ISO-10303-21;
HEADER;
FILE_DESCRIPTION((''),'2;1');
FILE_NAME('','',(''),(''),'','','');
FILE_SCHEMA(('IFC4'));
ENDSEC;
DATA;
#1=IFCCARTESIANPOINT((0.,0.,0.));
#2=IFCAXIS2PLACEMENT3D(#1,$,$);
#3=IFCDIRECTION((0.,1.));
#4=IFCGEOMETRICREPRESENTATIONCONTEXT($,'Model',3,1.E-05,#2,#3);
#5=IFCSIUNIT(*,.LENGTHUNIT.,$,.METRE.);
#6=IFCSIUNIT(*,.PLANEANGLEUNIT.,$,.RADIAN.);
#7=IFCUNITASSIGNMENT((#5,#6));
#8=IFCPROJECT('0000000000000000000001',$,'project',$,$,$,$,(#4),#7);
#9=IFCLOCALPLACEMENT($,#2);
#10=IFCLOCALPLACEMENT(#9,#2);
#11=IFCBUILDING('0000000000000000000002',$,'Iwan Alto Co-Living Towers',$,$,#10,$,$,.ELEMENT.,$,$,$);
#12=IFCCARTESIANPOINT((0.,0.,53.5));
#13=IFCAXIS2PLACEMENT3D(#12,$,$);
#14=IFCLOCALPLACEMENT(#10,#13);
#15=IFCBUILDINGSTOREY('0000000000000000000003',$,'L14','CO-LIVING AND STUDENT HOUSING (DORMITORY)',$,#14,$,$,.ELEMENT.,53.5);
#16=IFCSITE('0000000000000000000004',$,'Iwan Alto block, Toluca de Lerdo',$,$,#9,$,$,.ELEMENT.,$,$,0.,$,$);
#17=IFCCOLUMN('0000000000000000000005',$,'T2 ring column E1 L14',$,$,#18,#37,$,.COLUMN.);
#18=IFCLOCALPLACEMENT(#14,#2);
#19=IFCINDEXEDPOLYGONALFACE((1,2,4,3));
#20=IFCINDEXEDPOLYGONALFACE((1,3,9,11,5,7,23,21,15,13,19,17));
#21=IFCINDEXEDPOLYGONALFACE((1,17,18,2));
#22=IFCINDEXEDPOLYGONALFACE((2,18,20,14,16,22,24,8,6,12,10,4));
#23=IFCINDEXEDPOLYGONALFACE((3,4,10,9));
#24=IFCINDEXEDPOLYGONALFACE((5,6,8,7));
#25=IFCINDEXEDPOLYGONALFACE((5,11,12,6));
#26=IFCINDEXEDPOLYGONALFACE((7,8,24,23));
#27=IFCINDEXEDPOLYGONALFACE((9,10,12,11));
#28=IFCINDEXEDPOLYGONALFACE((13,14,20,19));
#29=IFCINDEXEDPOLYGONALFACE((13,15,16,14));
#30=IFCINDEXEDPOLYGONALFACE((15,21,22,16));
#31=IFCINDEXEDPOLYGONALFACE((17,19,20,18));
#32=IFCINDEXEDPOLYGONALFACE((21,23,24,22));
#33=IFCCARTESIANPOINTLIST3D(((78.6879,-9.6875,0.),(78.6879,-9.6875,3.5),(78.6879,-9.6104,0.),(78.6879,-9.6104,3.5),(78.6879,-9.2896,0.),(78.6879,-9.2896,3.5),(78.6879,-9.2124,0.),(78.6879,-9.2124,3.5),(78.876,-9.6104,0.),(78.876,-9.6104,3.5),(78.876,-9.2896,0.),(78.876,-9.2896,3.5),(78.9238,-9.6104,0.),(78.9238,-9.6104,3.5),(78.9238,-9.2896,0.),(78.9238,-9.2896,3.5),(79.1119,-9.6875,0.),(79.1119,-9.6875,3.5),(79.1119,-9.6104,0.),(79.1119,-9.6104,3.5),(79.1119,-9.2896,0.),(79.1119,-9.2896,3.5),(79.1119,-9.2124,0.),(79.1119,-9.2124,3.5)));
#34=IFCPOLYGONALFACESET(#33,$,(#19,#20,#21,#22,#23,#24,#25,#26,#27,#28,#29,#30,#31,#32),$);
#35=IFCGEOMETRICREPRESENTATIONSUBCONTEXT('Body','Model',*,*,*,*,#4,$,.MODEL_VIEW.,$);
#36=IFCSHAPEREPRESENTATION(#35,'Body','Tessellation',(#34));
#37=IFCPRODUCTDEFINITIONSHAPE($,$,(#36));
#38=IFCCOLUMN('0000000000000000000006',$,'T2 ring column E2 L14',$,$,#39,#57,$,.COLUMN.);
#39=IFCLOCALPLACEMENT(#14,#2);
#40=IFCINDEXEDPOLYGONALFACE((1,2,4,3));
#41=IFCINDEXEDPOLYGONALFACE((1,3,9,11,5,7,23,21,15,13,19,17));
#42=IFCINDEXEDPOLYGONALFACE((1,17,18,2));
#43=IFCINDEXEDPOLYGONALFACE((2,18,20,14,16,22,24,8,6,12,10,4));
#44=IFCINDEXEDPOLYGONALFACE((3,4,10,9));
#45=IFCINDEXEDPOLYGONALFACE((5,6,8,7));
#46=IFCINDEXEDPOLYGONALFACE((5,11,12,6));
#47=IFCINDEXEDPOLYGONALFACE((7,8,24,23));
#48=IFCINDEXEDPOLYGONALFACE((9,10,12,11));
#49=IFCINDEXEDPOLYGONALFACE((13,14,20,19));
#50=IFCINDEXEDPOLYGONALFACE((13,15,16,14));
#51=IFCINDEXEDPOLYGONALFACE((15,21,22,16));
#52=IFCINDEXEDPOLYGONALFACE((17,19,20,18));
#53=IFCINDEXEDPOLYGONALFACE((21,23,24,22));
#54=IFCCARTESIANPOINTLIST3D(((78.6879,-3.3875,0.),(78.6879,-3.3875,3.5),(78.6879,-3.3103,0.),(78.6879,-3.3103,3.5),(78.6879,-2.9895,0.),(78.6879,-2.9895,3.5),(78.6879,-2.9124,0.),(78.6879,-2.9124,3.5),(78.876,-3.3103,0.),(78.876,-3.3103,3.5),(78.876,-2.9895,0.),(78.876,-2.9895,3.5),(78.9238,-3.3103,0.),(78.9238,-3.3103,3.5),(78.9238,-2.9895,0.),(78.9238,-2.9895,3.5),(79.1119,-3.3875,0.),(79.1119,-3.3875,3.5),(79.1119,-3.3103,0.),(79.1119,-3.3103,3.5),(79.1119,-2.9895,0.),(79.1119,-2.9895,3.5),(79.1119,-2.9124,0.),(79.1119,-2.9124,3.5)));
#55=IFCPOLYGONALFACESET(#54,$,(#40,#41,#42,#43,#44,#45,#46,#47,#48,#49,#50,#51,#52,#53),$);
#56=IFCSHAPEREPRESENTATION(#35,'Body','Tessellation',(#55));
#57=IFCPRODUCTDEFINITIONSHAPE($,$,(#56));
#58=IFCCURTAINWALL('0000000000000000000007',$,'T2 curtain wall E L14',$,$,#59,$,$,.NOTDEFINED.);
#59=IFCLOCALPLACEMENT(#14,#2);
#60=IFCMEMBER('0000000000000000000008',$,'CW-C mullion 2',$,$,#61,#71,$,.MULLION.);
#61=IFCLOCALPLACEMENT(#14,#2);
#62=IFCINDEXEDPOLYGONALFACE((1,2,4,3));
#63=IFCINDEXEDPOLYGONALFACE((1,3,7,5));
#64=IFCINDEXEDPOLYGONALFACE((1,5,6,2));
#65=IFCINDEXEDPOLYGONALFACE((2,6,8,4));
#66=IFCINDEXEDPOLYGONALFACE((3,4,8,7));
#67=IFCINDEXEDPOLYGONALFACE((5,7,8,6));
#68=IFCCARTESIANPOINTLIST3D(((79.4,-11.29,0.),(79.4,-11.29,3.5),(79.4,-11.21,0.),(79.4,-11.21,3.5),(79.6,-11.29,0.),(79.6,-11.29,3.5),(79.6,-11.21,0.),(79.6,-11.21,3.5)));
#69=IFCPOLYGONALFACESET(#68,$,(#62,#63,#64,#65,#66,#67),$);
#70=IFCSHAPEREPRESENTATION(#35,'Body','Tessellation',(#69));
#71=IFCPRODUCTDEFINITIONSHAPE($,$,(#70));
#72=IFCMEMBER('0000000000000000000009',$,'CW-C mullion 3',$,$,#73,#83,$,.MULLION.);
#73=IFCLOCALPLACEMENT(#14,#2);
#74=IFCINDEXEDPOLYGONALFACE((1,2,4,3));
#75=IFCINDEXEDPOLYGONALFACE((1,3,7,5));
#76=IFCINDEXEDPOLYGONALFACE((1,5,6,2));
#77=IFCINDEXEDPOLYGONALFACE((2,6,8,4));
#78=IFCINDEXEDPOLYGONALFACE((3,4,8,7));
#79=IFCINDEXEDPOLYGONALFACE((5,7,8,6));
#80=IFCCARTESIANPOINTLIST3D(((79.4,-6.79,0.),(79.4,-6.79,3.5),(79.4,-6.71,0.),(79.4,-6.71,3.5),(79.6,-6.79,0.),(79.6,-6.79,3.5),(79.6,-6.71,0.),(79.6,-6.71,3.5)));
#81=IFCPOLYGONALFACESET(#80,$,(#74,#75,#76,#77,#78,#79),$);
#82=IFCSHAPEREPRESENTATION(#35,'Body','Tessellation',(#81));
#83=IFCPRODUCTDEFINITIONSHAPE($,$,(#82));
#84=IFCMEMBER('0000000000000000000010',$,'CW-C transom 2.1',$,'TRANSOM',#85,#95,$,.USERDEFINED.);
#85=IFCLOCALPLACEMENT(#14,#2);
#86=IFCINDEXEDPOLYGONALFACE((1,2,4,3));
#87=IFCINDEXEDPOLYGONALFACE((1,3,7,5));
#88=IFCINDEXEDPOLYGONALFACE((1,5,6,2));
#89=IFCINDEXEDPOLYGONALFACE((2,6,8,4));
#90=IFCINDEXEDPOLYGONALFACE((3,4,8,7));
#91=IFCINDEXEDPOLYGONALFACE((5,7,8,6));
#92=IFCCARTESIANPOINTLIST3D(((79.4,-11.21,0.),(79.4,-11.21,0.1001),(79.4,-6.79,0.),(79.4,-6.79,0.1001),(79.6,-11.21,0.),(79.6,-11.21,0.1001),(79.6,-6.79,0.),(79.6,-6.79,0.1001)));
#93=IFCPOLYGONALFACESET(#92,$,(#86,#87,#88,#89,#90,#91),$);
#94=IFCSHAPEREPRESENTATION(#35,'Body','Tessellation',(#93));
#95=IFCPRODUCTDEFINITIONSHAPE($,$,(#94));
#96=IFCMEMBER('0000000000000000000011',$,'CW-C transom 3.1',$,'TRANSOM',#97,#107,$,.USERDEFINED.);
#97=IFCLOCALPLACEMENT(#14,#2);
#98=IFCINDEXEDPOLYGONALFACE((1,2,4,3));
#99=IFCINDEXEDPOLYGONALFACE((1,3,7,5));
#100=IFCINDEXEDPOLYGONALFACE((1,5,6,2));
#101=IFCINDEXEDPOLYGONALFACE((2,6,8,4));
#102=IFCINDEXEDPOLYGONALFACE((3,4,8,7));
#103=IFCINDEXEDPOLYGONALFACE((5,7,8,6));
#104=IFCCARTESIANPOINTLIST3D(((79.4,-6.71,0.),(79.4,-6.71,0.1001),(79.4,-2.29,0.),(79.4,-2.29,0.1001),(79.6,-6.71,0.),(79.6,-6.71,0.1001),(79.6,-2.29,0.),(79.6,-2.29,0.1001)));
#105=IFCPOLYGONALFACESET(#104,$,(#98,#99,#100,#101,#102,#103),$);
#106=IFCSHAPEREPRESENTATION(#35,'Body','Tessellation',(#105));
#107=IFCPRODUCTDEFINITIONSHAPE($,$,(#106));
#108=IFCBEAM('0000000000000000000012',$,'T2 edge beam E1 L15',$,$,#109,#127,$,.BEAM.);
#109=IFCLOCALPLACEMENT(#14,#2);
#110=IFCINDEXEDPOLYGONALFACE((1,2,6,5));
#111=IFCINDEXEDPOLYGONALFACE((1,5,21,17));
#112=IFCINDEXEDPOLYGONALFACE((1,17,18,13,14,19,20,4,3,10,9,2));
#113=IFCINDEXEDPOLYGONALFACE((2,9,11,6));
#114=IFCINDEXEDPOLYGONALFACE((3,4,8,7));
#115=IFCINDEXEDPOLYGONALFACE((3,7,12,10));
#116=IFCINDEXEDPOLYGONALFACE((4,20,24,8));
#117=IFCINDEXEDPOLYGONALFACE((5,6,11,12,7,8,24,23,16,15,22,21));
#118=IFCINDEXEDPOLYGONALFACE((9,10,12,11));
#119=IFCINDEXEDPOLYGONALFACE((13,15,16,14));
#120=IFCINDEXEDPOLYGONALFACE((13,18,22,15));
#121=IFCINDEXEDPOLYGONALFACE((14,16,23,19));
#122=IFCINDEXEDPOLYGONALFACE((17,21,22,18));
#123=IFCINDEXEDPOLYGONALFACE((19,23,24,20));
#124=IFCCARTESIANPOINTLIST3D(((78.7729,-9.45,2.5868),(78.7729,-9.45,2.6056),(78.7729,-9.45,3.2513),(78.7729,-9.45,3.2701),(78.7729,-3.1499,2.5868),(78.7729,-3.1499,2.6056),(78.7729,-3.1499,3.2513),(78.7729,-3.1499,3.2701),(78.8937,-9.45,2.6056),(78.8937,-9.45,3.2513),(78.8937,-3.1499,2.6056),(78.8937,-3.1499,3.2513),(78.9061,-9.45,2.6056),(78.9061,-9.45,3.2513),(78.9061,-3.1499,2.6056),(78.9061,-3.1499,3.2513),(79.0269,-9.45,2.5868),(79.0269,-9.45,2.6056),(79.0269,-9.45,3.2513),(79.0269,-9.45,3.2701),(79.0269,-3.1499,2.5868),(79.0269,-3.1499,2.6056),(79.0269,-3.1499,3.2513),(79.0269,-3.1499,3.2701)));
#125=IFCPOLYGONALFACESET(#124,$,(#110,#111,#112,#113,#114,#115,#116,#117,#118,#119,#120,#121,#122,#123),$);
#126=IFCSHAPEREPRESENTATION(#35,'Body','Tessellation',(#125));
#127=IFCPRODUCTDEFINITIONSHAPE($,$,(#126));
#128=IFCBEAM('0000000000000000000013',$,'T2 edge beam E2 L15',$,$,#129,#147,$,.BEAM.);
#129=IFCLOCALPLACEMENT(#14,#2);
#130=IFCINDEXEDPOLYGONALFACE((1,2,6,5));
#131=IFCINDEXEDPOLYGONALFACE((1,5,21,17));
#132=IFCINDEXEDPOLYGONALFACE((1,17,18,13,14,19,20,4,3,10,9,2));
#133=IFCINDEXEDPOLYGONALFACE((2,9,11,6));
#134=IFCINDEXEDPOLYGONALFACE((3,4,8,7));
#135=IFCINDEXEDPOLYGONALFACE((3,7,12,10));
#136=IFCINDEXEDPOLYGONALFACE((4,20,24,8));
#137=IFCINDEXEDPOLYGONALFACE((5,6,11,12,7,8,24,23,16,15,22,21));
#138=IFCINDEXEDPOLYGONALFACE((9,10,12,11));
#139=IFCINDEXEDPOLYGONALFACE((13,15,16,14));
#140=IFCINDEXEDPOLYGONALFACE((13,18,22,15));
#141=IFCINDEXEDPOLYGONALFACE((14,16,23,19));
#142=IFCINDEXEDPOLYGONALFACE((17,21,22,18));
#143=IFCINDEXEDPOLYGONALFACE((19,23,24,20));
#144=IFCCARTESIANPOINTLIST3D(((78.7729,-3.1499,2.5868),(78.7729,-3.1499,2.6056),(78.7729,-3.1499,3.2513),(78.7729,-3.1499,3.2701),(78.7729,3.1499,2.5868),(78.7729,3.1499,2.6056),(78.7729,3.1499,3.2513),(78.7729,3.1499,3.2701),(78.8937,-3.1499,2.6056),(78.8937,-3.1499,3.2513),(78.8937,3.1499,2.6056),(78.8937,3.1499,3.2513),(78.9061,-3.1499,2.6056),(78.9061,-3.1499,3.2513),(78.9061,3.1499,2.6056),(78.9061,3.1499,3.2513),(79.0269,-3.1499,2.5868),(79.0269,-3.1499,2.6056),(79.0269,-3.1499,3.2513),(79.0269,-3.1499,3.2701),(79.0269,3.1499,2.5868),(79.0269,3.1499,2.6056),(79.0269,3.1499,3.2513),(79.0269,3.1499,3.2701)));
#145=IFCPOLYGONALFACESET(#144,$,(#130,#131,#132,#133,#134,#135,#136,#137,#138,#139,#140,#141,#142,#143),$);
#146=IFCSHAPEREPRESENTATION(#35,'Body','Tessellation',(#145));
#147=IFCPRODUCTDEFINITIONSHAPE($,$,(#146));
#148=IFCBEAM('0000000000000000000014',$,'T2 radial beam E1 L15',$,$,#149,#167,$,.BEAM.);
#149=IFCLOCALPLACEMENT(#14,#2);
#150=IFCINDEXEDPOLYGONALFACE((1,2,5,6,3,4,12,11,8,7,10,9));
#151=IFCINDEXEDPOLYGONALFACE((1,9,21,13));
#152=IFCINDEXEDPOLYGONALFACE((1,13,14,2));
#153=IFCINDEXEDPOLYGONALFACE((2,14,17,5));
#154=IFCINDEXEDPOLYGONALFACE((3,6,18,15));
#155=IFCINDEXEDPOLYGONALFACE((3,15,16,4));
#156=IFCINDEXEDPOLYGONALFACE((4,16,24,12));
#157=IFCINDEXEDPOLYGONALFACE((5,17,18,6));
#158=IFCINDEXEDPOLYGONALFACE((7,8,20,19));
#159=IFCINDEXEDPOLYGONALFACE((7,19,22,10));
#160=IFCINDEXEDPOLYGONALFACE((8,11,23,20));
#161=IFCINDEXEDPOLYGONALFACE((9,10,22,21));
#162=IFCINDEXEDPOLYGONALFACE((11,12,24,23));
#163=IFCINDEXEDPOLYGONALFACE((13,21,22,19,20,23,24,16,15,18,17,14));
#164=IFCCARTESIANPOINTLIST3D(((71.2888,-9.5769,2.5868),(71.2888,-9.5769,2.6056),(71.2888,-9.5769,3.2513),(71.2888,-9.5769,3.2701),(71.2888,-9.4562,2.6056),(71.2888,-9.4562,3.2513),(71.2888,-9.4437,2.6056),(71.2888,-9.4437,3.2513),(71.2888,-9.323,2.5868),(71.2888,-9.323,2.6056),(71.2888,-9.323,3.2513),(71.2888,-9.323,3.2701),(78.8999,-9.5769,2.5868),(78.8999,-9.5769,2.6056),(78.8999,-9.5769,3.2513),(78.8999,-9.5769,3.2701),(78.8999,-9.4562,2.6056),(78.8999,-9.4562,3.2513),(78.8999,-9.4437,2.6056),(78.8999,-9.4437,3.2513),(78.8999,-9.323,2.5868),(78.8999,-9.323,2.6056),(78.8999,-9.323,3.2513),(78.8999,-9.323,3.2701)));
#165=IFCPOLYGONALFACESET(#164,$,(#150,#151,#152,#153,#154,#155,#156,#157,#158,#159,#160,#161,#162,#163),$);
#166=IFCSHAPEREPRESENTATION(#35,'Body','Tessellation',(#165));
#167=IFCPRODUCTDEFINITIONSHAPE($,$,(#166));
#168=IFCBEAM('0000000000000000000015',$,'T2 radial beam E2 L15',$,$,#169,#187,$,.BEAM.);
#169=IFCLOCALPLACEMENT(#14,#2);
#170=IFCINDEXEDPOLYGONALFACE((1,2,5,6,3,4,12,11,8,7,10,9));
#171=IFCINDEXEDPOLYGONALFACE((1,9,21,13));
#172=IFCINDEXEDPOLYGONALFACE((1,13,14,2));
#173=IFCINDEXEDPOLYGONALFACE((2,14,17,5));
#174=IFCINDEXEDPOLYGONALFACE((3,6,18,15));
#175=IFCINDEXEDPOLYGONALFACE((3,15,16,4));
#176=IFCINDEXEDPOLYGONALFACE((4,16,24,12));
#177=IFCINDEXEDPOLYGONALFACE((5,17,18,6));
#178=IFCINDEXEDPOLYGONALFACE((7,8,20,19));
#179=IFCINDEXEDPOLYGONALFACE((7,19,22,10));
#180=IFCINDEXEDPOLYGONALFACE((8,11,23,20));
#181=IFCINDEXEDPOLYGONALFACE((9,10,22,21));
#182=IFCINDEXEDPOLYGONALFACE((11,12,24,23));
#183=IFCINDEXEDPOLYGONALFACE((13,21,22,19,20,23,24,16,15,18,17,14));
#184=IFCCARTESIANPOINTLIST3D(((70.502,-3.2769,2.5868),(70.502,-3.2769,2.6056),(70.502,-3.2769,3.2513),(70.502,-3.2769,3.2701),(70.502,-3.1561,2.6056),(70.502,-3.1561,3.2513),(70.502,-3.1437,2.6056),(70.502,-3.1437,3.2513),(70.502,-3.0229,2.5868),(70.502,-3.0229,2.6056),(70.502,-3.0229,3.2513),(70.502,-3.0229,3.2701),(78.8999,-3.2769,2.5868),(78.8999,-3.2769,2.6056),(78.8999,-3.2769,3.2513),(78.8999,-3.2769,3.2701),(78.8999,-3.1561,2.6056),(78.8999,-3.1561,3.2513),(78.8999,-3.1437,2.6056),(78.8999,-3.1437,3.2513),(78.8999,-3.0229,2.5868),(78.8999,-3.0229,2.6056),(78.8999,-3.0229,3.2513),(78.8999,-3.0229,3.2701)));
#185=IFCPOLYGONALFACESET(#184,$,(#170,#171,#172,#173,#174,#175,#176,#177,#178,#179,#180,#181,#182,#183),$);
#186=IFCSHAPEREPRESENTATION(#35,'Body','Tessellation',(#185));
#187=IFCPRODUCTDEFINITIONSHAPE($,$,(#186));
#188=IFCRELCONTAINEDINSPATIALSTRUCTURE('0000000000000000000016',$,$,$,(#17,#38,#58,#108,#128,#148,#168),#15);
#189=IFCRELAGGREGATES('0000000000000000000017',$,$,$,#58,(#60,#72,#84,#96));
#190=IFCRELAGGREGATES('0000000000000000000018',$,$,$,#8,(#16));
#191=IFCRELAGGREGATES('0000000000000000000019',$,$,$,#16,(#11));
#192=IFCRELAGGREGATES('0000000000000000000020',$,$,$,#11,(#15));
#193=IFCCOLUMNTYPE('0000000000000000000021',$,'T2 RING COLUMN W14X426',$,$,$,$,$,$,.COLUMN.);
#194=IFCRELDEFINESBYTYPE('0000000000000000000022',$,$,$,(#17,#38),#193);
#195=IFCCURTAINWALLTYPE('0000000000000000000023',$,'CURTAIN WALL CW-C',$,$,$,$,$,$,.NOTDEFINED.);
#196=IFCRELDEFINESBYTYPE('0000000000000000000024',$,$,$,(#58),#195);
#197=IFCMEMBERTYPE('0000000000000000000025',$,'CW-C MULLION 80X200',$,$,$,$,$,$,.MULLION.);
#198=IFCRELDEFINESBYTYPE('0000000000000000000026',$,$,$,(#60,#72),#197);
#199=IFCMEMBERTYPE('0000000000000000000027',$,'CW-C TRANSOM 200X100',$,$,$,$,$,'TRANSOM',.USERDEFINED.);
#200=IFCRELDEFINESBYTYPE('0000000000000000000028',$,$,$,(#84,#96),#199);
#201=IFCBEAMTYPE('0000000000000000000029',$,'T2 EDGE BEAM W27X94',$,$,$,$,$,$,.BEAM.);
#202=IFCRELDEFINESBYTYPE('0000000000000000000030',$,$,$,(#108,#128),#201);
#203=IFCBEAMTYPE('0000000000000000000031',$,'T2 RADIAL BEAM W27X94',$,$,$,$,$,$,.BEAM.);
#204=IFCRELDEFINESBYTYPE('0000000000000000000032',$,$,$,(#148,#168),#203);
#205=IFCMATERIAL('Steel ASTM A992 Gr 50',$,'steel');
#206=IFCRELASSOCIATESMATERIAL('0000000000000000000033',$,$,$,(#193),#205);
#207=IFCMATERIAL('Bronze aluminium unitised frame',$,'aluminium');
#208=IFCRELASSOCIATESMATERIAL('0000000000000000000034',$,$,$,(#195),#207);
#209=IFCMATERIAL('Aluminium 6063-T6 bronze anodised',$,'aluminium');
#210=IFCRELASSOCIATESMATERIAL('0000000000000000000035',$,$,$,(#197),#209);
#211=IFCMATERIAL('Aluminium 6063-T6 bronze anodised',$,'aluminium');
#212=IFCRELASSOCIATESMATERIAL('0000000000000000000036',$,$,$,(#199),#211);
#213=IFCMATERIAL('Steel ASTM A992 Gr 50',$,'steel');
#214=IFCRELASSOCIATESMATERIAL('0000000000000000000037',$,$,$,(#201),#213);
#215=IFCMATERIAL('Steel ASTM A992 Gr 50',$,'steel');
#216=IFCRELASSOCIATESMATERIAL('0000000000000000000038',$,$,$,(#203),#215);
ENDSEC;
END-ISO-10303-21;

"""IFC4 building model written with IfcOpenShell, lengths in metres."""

from ifc_helpers import new_model, si_unit, direction, frame, origin, origin_2d, place, context, subcontext, project, spatial, rectangle, i_section, extrude, material, material_profile, profile_set, type_object, element, aggregate, save


model = new_model("IFC4")

# Units and contexts
model_context = context("Model", 3, precision=1e-05, world=origin(), true_north=direction((0.0, 1.0)))
body_context = subcontext(model_context, "Body", "Model", "MODEL_VIEW")
ifc_project = project(units=[si_unit("LENGTHUNIT", "METRE"), si_unit("PLANEANGLEUNIT", "RADIAN")], contexts=[model_context])

# Site, building, storey
site_placement = place(None, origin())
site = spatial("IfcSite", under=ifc_project, at=site_placement, Name="Iwan Alto block, Toluca de Lerdo", CompositionType="ELEMENT", RefElevation=0.0)
building_placement = place(site_placement, origin())
building = spatial("IfcBuilding", under=site, at=building_placement, Name="Iwan Alto Co-Living Towers", CompositionType="ELEMENT")
storey_placement = place(building_placement, frame((0.0, 0.0, 53.5)))
storey = spatial("IfcBuildingStorey", under=building, at=storey_placement, Name="L14", Description="CO-LIVING AND STUDENT HOUSING (DORMITORY)", CompositionType="ELEMENT", Elevation=53.5)

# Columns
ifc_material_1 = material(Name="Steel ASTM A992 Gr 50", Category="steel")
ifc_material_profile_1 = material_profile(ifc_material_1, i_section(OverallWidth=0.4241, OverallDepth=0.4751, WebThickness=0.0479, FlangeThickness=0.0771, at=origin_2d()), Name="W14X426")
ifc_profile_set_1 = profile_set([ifc_material_profile_1], Name="Steel ASTM A992 Gr 50")
column_type = type_object("IfcColumnType", Name="T2 RING COLUMN W14X426", PredefinedType="COLUMN", material=ifc_profile_set_1)
for number, where, z_axis, x_axis, name in (
    (1, (78.8999, -9.45, 0.0), (0.0, 0.0, 1.0), (1.0, 0.0, 0.0), "T2 ring column E1 L14"),
    (2, (78.8999, -3.1499, 0.0), (0.0, 0.0, 1.0), (1.0, 0.0, 0.0), "T2 ring column E2 L14"),
):
    element("IfcColumn", number, at=place(storey_placement, frame(where, z_axis=z_axis, x_axis=x_axis)), inside=storey, type_object=column_type, Name=name, PredefinedType="COLUMN", context=body_context, shape_type="SweptSolid", body=[
        extrude(i_section(OverallWidth=0.4241, OverallDepth=0.4751, WebThickness=0.0479, FlangeThickness=0.0771, at=origin_2d()), origin(), (0.0, 0.0, 1.0), 3.5),
    ])

# Curtain wall, members
ifc_material_2 = material(Name="Bronze aluminium unitised frame", Category="aluminium")
curtain_wall_type = type_object("IfcCurtainWallType", Name="CURTAIN WALL CW-C", PredefinedType="NOTDEFINED", material=ifc_material_2)
curtain_wall_placement = place(storey_placement, origin())
curtain_wall = element("IfcCurtainWall", 3, at=curtain_wall_placement, inside=storey, type_object=curtain_wall_type, Name="T2 curtain wall E L14", PredefinedType="NOTDEFINED")
ifc_material_3 = material(Name="Aluminium 6063-T6 bronze anodised", Category="aluminium")
ifc_material_profile_2 = material_profile(ifc_material_3, rectangle(XDim=0.2, YDim=0.0801, at=origin_2d()), Name="AL 80X200")
ifc_profile_set_2 = profile_set([ifc_material_profile_2], Name="Aluminium 6063-T6 bronze anodised")
member_type_1 = type_object("IfcMemberType", Name="CW-C MULLION 80X200", PredefinedType="MULLION", material=ifc_profile_set_2)
member_1_placement = place(storey_placement, frame((79.5, -11.25, 0.0), z_axis=(0.0, 0.0, 1.0), x_axis=(-1.0, 0.0, 0.0)))
member_1 = element("IfcMember", 4, at=member_1_placement, type_object=member_type_1, Name="CW-C mullion 2", PredefinedType="MULLION", context=body_context, shape_type="SweptSolid", body=[
    extrude(rectangle(XDim=0.2, YDim=0.0801, at=origin_2d()), origin(), (0.0, 0.0, 1.0), 3.5),
])
member_2_placement = place(storey_placement, frame((79.5, -6.75, 0.0), z_axis=(0.0, 0.0, 1.0), x_axis=(-1.0, 0.0, 0.0)))
member_2 = element("IfcMember", 5, at=member_2_placement, type_object=member_type_1, Name="CW-C mullion 3", PredefinedType="MULLION", context=body_context, shape_type="SweptSolid", body=[
    extrude(rectangle(XDim=0.2, YDim=0.0801, at=origin_2d()), origin(), (0.0, 0.0, 1.0), 3.5),
])
ifc_material_4 = material(Name="Aluminium 6063-T6 bronze anodised", Category="aluminium")
ifc_material_profile_3 = material_profile(ifc_material_4, rectangle(XDim=0.2, YDim=0.1001, at=origin_2d()), Name="AL 200X100")
ifc_profile_set_3 = profile_set([ifc_material_profile_3], Name="Aluminium 6063-T6 bronze anodised")
member_type_2 = type_object("IfcMemberType", Name="CW-C TRANSOM 200X100", ElementType="TRANSOM", PredefinedType="USERDEFINED", material=ifc_profile_set_3)
member_3_placement = place(storey_placement, frame((79.5, -11.21, 0.05), z_axis=(0.0, 1.0, 0.0), x_axis=(-1.0, 0.0, 0.0)))
member_3 = element("IfcMember", 6, at=member_3_placement, type_object=member_type_2, Name="CW-C transom 2.1", ObjectType="TRANSOM", PredefinedType="USERDEFINED", context=body_context, shape_type="SweptSolid", body=[
    extrude(rectangle(XDim=0.2, YDim=0.1001, at=origin_2d()), origin(), (0.0, 0.0, 1.0), 4.4199),
])
member_4_placement = place(storey_placement, frame((79.5, -6.71, 0.05), z_axis=(0.0, 1.0, 0.0), x_axis=(-1.0, 0.0, 0.0)))
member_4 = element("IfcMember", 7, at=member_4_placement, type_object=member_type_2, Name="CW-C transom 3.1", ObjectType="TRANSOM", PredefinedType="USERDEFINED", context=body_context, shape_type="SweptSolid", body=[
    extrude(rectangle(XDim=0.2, YDim=0.1001, at=origin_2d()), origin(), (0.0, 0.0, 1.0), 4.4199),
])

# Beams
ifc_material_5 = material(Name="Steel ASTM A992 Gr 50", Category="steel")
ifc_material_profile_4 = material_profile(ifc_material_5, i_section(OverallWidth=0.2539, OverallDepth=0.6833, WebThickness=0.0125, FlangeThickness=0.0188, at=origin_2d()), Name="W27X94")
ifc_profile_set_4 = profile_set([ifc_material_profile_4], Name="Steel ASTM A992 Gr 50")
beam_type_1 = type_object("IfcBeamType", Name="T2 EDGE BEAM W27X94", PredefinedType="BEAM", material=ifc_profile_set_4)
beam_1_placement = place(storey_placement, frame((78.8999, -9.45, 2.9285), z_axis=(0.0, 1.0, 0.0), x_axis=(-1.0, 0.0, 0.0)))
element("IfcBeam", 8, at=beam_1_placement, inside=storey, type_object=beam_type_1, Name="T2 edge beam E1 L15", PredefinedType="BEAM", context=body_context, shape_type="SweptSolid", body=[
    extrude(i_section(OverallWidth=0.2539, OverallDepth=0.6833, WebThickness=0.0125, FlangeThickness=0.0188, at=origin_2d()), origin(), (0.0, 0.0, 1.0), 6.3),
])
beam_2_placement = place(storey_placement, frame((78.8999, -3.1499, 2.9285), z_axis=(0.0, 1.0, 0.0), x_axis=(-1.0, 0.0, 0.0)))
element("IfcBeam", 9, at=beam_2_placement, inside=storey, type_object=beam_type_1, Name="T2 edge beam E2 L15", PredefinedType="BEAM", context=body_context, shape_type="SweptSolid", body=[
    extrude(i_section(OverallWidth=0.2539, OverallDepth=0.6833, WebThickness=0.0125, FlangeThickness=0.0188, at=origin_2d()), origin(), (0.0, 0.0, 1.0), 6.2998),
])
ifc_material_6 = material(Name="Steel ASTM A992 Gr 50", Category="steel")
ifc_material_profile_5 = material_profile(ifc_material_6, i_section(OverallWidth=0.2539, OverallDepth=0.6833, WebThickness=0.0125, FlangeThickness=0.0188, at=origin_2d()), Name="W27X94")
ifc_profile_set_5 = profile_set([ifc_material_profile_5], Name="Steel ASTM A992 Gr 50")
beam_type_2 = type_object("IfcBeamType", Name="T2 RADIAL BEAM W27X94", PredefinedType="BEAM", material=ifc_profile_set_5)
beam_3_placement = place(storey_placement, frame((78.8999, -9.45, 2.9285), z_axis=(-1.0, 0.0, 0.0), x_axis=(0.0, -1.0, 0.0)))
element("IfcBeam", 10, at=beam_3_placement, inside=storey, type_object=beam_type_2, Name="T2 radial beam E1 L15", PredefinedType="BEAM", context=body_context, shape_type="SweptSolid", body=[
    extrude(i_section(OverallWidth=0.2539, OverallDepth=0.6833, WebThickness=0.0125, FlangeThickness=0.0188, at=origin_2d()), origin(), (0.0, 0.0, 1.0), 7.6111),
])
beam_4_placement = place(storey_placement, frame((78.8999, -3.1499, 2.9285), z_axis=(-1.0, 0.0, 0.0), x_axis=(0.0, -1.0, 0.0)))
element("IfcBeam", 11, at=beam_4_placement, inside=storey, type_object=beam_type_2, Name="T2 radial beam E2 L15", PredefinedType="BEAM", context=body_context, shape_type="SweptSolid", body=[
    extrude(i_section(OverallWidth=0.2539, OverallDepth=0.6833, WebThickness=0.0125, FlangeThickness=0.0188, at=origin_2d()), origin(), (0.0, 0.0, 1.0), 8.3979),
])

aggregate(curtain_wall, [member_1, member_2, member_3, member_4])

save(model, "model.ifc")
